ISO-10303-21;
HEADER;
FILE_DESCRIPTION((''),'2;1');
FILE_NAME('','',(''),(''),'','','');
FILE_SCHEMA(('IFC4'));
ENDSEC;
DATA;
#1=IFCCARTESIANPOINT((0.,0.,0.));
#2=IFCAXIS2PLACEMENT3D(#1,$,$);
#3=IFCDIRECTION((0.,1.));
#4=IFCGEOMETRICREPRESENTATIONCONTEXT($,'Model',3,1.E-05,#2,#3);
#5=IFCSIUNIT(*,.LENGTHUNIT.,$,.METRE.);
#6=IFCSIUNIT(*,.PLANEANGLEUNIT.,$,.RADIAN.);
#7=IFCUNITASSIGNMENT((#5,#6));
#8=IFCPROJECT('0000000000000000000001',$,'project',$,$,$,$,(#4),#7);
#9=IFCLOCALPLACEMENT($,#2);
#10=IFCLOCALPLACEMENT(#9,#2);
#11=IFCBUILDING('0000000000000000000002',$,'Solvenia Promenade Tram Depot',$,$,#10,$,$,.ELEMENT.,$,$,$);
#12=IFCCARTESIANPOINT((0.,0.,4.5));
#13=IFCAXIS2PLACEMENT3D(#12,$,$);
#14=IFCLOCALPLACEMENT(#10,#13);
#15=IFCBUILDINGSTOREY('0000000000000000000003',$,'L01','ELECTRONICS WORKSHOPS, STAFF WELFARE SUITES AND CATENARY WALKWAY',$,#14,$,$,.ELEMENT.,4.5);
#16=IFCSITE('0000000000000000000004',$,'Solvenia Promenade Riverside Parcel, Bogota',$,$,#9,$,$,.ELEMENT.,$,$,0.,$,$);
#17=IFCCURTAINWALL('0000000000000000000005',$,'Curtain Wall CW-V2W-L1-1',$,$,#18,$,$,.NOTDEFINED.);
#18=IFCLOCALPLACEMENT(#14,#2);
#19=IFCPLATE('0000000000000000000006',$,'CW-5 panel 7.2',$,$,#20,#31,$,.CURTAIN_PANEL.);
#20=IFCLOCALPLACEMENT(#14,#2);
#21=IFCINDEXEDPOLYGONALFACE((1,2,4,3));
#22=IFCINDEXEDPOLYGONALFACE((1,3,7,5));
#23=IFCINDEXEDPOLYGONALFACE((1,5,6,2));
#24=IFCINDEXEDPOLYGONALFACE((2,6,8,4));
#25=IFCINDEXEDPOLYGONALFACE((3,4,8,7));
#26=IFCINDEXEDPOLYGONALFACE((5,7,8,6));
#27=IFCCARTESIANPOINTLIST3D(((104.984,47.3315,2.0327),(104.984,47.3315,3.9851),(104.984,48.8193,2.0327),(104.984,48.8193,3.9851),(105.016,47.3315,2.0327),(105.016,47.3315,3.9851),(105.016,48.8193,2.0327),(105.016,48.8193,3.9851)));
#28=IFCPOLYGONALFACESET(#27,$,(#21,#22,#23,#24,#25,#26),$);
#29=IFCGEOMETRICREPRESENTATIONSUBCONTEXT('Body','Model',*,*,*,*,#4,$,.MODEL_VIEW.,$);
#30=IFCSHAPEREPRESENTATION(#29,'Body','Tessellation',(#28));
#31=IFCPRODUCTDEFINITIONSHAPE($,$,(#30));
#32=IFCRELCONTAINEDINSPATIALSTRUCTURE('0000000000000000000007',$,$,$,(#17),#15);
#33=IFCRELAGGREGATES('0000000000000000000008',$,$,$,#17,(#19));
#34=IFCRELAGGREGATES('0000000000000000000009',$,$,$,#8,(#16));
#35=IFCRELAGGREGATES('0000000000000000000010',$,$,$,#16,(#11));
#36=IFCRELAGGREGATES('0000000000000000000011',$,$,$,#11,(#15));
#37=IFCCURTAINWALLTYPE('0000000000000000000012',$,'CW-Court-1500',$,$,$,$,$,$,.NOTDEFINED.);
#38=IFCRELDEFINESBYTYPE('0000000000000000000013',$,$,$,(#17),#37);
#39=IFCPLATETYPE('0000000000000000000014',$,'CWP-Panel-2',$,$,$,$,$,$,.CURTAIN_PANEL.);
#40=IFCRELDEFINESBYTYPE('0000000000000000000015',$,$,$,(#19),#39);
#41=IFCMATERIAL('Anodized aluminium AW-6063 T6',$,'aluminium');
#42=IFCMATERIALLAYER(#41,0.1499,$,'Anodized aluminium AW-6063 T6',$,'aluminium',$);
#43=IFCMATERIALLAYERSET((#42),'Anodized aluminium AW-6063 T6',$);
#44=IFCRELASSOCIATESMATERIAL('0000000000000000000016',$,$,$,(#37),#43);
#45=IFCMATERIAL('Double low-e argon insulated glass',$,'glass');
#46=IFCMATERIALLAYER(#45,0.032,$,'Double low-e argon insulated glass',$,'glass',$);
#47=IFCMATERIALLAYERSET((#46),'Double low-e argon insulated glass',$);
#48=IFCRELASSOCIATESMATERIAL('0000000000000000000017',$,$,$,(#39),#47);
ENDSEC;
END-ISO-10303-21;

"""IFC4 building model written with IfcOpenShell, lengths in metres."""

from ifc_helpers import new_model, si_unit, direction, frame, origin, origin_2d, place, context, subcontext, project, spatial, rectangle, extrude, material, layer, layer_set, type_object, element, aggregate, save


model = new_model("IFC4")

# Units and contexts
model_context = context("Model", 3, precision=1e-05, world=origin(), true_north=direction((0.0, 1.0)))
body_context = subcontext(model_context, "Body", "Model", "MODEL_VIEW")
ifc_project = project(units=[si_unit("LENGTHUNIT", "METRE"), si_unit("PLANEANGLEUNIT", "RADIAN")], contexts=[model_context])

# Site, building, storey
site_placement = place(None, origin())
site = spatial("IfcSite", under=ifc_project, at=site_placement, Name="Solvenia Promenade Riverside Parcel, Bogota", CompositionType="ELEMENT", RefElevation=0.0)
building_placement = place(site_placement, origin())
building = spatial("IfcBuilding", under=site, at=building_placement, Name="Solvenia Promenade Tram Depot", CompositionType="ELEMENT")
storey_placement = place(building_placement, frame((0.0, 0.0, 4.5)))
storey = spatial("IfcBuildingStorey", under=building, at=storey_placement, Name="L01", Description="ELECTRONICS WORKSHOPS, STAFF WELFARE SUITES AND CATENARY WALKWAY", CompositionType="ELEMENT", Elevation=4.5)

# Curtain wall, plate
ifc_material_1 = material(Name="Anodized aluminium AW-6063 T6", Category="aluminium")
ifc_layer_1 = layer(ifc_material_1, 0.1499, Name="Anodized aluminium AW-6063 T6", Category="aluminium")
ifc_layer_set_1 = layer_set([ifc_layer_1], Name="Anodized aluminium AW-6063 T6")
curtain_wall_type = type_object("IfcCurtainWallType", Name="CW-Court-1500", PredefinedType="NOTDEFINED", material=ifc_layer_set_1)
curtain_wall_placement = place(storey_placement, origin())
curtain_wall = element("IfcCurtainWall", 1, at=curtain_wall_placement, inside=storey, type_object=curtain_wall_type, Name="Curtain Wall CW-V2W-L1-1", PredefinedType="NOTDEFINED")
ifc_material_2 = material(Name="Double low-e argon insulated glass", Category="glass")
ifc_layer_2 = layer(ifc_material_2, 0.032, Name="Double low-e argon insulated glass", Category="glass")
ifc_layer_set_2 = layer_set([ifc_layer_2], Name="Double low-e argon insulated glass")
plate_type = type_object("IfcPlateType", Name="CWP-Panel-2", PredefinedType="CURTAIN_PANEL", material=ifc_layer_set_2)
plate_1_placement = place(storey_placement, frame((105.0, 48.0754, 2.0327), z_axis=(0.0, 0.0, 1.0), x_axis=(0.0, 1.0, 0.0)))
plate_1 = element("IfcPlate", 2, at=plate_1_placement, type_object=plate_type, Name="CW-5 panel 7.2", PredefinedType="CURTAIN_PANEL", context=body_context, shape_type="SweptSolid", body=[
    extrude(rectangle(XDim=1.4878, YDim=0.032, at=origin_2d()), origin(), (0.0, 0.0, 1.0), 1.9524),
])
aggregate(curtain_wall, [plate_1])

save(model, "model.ifc")
